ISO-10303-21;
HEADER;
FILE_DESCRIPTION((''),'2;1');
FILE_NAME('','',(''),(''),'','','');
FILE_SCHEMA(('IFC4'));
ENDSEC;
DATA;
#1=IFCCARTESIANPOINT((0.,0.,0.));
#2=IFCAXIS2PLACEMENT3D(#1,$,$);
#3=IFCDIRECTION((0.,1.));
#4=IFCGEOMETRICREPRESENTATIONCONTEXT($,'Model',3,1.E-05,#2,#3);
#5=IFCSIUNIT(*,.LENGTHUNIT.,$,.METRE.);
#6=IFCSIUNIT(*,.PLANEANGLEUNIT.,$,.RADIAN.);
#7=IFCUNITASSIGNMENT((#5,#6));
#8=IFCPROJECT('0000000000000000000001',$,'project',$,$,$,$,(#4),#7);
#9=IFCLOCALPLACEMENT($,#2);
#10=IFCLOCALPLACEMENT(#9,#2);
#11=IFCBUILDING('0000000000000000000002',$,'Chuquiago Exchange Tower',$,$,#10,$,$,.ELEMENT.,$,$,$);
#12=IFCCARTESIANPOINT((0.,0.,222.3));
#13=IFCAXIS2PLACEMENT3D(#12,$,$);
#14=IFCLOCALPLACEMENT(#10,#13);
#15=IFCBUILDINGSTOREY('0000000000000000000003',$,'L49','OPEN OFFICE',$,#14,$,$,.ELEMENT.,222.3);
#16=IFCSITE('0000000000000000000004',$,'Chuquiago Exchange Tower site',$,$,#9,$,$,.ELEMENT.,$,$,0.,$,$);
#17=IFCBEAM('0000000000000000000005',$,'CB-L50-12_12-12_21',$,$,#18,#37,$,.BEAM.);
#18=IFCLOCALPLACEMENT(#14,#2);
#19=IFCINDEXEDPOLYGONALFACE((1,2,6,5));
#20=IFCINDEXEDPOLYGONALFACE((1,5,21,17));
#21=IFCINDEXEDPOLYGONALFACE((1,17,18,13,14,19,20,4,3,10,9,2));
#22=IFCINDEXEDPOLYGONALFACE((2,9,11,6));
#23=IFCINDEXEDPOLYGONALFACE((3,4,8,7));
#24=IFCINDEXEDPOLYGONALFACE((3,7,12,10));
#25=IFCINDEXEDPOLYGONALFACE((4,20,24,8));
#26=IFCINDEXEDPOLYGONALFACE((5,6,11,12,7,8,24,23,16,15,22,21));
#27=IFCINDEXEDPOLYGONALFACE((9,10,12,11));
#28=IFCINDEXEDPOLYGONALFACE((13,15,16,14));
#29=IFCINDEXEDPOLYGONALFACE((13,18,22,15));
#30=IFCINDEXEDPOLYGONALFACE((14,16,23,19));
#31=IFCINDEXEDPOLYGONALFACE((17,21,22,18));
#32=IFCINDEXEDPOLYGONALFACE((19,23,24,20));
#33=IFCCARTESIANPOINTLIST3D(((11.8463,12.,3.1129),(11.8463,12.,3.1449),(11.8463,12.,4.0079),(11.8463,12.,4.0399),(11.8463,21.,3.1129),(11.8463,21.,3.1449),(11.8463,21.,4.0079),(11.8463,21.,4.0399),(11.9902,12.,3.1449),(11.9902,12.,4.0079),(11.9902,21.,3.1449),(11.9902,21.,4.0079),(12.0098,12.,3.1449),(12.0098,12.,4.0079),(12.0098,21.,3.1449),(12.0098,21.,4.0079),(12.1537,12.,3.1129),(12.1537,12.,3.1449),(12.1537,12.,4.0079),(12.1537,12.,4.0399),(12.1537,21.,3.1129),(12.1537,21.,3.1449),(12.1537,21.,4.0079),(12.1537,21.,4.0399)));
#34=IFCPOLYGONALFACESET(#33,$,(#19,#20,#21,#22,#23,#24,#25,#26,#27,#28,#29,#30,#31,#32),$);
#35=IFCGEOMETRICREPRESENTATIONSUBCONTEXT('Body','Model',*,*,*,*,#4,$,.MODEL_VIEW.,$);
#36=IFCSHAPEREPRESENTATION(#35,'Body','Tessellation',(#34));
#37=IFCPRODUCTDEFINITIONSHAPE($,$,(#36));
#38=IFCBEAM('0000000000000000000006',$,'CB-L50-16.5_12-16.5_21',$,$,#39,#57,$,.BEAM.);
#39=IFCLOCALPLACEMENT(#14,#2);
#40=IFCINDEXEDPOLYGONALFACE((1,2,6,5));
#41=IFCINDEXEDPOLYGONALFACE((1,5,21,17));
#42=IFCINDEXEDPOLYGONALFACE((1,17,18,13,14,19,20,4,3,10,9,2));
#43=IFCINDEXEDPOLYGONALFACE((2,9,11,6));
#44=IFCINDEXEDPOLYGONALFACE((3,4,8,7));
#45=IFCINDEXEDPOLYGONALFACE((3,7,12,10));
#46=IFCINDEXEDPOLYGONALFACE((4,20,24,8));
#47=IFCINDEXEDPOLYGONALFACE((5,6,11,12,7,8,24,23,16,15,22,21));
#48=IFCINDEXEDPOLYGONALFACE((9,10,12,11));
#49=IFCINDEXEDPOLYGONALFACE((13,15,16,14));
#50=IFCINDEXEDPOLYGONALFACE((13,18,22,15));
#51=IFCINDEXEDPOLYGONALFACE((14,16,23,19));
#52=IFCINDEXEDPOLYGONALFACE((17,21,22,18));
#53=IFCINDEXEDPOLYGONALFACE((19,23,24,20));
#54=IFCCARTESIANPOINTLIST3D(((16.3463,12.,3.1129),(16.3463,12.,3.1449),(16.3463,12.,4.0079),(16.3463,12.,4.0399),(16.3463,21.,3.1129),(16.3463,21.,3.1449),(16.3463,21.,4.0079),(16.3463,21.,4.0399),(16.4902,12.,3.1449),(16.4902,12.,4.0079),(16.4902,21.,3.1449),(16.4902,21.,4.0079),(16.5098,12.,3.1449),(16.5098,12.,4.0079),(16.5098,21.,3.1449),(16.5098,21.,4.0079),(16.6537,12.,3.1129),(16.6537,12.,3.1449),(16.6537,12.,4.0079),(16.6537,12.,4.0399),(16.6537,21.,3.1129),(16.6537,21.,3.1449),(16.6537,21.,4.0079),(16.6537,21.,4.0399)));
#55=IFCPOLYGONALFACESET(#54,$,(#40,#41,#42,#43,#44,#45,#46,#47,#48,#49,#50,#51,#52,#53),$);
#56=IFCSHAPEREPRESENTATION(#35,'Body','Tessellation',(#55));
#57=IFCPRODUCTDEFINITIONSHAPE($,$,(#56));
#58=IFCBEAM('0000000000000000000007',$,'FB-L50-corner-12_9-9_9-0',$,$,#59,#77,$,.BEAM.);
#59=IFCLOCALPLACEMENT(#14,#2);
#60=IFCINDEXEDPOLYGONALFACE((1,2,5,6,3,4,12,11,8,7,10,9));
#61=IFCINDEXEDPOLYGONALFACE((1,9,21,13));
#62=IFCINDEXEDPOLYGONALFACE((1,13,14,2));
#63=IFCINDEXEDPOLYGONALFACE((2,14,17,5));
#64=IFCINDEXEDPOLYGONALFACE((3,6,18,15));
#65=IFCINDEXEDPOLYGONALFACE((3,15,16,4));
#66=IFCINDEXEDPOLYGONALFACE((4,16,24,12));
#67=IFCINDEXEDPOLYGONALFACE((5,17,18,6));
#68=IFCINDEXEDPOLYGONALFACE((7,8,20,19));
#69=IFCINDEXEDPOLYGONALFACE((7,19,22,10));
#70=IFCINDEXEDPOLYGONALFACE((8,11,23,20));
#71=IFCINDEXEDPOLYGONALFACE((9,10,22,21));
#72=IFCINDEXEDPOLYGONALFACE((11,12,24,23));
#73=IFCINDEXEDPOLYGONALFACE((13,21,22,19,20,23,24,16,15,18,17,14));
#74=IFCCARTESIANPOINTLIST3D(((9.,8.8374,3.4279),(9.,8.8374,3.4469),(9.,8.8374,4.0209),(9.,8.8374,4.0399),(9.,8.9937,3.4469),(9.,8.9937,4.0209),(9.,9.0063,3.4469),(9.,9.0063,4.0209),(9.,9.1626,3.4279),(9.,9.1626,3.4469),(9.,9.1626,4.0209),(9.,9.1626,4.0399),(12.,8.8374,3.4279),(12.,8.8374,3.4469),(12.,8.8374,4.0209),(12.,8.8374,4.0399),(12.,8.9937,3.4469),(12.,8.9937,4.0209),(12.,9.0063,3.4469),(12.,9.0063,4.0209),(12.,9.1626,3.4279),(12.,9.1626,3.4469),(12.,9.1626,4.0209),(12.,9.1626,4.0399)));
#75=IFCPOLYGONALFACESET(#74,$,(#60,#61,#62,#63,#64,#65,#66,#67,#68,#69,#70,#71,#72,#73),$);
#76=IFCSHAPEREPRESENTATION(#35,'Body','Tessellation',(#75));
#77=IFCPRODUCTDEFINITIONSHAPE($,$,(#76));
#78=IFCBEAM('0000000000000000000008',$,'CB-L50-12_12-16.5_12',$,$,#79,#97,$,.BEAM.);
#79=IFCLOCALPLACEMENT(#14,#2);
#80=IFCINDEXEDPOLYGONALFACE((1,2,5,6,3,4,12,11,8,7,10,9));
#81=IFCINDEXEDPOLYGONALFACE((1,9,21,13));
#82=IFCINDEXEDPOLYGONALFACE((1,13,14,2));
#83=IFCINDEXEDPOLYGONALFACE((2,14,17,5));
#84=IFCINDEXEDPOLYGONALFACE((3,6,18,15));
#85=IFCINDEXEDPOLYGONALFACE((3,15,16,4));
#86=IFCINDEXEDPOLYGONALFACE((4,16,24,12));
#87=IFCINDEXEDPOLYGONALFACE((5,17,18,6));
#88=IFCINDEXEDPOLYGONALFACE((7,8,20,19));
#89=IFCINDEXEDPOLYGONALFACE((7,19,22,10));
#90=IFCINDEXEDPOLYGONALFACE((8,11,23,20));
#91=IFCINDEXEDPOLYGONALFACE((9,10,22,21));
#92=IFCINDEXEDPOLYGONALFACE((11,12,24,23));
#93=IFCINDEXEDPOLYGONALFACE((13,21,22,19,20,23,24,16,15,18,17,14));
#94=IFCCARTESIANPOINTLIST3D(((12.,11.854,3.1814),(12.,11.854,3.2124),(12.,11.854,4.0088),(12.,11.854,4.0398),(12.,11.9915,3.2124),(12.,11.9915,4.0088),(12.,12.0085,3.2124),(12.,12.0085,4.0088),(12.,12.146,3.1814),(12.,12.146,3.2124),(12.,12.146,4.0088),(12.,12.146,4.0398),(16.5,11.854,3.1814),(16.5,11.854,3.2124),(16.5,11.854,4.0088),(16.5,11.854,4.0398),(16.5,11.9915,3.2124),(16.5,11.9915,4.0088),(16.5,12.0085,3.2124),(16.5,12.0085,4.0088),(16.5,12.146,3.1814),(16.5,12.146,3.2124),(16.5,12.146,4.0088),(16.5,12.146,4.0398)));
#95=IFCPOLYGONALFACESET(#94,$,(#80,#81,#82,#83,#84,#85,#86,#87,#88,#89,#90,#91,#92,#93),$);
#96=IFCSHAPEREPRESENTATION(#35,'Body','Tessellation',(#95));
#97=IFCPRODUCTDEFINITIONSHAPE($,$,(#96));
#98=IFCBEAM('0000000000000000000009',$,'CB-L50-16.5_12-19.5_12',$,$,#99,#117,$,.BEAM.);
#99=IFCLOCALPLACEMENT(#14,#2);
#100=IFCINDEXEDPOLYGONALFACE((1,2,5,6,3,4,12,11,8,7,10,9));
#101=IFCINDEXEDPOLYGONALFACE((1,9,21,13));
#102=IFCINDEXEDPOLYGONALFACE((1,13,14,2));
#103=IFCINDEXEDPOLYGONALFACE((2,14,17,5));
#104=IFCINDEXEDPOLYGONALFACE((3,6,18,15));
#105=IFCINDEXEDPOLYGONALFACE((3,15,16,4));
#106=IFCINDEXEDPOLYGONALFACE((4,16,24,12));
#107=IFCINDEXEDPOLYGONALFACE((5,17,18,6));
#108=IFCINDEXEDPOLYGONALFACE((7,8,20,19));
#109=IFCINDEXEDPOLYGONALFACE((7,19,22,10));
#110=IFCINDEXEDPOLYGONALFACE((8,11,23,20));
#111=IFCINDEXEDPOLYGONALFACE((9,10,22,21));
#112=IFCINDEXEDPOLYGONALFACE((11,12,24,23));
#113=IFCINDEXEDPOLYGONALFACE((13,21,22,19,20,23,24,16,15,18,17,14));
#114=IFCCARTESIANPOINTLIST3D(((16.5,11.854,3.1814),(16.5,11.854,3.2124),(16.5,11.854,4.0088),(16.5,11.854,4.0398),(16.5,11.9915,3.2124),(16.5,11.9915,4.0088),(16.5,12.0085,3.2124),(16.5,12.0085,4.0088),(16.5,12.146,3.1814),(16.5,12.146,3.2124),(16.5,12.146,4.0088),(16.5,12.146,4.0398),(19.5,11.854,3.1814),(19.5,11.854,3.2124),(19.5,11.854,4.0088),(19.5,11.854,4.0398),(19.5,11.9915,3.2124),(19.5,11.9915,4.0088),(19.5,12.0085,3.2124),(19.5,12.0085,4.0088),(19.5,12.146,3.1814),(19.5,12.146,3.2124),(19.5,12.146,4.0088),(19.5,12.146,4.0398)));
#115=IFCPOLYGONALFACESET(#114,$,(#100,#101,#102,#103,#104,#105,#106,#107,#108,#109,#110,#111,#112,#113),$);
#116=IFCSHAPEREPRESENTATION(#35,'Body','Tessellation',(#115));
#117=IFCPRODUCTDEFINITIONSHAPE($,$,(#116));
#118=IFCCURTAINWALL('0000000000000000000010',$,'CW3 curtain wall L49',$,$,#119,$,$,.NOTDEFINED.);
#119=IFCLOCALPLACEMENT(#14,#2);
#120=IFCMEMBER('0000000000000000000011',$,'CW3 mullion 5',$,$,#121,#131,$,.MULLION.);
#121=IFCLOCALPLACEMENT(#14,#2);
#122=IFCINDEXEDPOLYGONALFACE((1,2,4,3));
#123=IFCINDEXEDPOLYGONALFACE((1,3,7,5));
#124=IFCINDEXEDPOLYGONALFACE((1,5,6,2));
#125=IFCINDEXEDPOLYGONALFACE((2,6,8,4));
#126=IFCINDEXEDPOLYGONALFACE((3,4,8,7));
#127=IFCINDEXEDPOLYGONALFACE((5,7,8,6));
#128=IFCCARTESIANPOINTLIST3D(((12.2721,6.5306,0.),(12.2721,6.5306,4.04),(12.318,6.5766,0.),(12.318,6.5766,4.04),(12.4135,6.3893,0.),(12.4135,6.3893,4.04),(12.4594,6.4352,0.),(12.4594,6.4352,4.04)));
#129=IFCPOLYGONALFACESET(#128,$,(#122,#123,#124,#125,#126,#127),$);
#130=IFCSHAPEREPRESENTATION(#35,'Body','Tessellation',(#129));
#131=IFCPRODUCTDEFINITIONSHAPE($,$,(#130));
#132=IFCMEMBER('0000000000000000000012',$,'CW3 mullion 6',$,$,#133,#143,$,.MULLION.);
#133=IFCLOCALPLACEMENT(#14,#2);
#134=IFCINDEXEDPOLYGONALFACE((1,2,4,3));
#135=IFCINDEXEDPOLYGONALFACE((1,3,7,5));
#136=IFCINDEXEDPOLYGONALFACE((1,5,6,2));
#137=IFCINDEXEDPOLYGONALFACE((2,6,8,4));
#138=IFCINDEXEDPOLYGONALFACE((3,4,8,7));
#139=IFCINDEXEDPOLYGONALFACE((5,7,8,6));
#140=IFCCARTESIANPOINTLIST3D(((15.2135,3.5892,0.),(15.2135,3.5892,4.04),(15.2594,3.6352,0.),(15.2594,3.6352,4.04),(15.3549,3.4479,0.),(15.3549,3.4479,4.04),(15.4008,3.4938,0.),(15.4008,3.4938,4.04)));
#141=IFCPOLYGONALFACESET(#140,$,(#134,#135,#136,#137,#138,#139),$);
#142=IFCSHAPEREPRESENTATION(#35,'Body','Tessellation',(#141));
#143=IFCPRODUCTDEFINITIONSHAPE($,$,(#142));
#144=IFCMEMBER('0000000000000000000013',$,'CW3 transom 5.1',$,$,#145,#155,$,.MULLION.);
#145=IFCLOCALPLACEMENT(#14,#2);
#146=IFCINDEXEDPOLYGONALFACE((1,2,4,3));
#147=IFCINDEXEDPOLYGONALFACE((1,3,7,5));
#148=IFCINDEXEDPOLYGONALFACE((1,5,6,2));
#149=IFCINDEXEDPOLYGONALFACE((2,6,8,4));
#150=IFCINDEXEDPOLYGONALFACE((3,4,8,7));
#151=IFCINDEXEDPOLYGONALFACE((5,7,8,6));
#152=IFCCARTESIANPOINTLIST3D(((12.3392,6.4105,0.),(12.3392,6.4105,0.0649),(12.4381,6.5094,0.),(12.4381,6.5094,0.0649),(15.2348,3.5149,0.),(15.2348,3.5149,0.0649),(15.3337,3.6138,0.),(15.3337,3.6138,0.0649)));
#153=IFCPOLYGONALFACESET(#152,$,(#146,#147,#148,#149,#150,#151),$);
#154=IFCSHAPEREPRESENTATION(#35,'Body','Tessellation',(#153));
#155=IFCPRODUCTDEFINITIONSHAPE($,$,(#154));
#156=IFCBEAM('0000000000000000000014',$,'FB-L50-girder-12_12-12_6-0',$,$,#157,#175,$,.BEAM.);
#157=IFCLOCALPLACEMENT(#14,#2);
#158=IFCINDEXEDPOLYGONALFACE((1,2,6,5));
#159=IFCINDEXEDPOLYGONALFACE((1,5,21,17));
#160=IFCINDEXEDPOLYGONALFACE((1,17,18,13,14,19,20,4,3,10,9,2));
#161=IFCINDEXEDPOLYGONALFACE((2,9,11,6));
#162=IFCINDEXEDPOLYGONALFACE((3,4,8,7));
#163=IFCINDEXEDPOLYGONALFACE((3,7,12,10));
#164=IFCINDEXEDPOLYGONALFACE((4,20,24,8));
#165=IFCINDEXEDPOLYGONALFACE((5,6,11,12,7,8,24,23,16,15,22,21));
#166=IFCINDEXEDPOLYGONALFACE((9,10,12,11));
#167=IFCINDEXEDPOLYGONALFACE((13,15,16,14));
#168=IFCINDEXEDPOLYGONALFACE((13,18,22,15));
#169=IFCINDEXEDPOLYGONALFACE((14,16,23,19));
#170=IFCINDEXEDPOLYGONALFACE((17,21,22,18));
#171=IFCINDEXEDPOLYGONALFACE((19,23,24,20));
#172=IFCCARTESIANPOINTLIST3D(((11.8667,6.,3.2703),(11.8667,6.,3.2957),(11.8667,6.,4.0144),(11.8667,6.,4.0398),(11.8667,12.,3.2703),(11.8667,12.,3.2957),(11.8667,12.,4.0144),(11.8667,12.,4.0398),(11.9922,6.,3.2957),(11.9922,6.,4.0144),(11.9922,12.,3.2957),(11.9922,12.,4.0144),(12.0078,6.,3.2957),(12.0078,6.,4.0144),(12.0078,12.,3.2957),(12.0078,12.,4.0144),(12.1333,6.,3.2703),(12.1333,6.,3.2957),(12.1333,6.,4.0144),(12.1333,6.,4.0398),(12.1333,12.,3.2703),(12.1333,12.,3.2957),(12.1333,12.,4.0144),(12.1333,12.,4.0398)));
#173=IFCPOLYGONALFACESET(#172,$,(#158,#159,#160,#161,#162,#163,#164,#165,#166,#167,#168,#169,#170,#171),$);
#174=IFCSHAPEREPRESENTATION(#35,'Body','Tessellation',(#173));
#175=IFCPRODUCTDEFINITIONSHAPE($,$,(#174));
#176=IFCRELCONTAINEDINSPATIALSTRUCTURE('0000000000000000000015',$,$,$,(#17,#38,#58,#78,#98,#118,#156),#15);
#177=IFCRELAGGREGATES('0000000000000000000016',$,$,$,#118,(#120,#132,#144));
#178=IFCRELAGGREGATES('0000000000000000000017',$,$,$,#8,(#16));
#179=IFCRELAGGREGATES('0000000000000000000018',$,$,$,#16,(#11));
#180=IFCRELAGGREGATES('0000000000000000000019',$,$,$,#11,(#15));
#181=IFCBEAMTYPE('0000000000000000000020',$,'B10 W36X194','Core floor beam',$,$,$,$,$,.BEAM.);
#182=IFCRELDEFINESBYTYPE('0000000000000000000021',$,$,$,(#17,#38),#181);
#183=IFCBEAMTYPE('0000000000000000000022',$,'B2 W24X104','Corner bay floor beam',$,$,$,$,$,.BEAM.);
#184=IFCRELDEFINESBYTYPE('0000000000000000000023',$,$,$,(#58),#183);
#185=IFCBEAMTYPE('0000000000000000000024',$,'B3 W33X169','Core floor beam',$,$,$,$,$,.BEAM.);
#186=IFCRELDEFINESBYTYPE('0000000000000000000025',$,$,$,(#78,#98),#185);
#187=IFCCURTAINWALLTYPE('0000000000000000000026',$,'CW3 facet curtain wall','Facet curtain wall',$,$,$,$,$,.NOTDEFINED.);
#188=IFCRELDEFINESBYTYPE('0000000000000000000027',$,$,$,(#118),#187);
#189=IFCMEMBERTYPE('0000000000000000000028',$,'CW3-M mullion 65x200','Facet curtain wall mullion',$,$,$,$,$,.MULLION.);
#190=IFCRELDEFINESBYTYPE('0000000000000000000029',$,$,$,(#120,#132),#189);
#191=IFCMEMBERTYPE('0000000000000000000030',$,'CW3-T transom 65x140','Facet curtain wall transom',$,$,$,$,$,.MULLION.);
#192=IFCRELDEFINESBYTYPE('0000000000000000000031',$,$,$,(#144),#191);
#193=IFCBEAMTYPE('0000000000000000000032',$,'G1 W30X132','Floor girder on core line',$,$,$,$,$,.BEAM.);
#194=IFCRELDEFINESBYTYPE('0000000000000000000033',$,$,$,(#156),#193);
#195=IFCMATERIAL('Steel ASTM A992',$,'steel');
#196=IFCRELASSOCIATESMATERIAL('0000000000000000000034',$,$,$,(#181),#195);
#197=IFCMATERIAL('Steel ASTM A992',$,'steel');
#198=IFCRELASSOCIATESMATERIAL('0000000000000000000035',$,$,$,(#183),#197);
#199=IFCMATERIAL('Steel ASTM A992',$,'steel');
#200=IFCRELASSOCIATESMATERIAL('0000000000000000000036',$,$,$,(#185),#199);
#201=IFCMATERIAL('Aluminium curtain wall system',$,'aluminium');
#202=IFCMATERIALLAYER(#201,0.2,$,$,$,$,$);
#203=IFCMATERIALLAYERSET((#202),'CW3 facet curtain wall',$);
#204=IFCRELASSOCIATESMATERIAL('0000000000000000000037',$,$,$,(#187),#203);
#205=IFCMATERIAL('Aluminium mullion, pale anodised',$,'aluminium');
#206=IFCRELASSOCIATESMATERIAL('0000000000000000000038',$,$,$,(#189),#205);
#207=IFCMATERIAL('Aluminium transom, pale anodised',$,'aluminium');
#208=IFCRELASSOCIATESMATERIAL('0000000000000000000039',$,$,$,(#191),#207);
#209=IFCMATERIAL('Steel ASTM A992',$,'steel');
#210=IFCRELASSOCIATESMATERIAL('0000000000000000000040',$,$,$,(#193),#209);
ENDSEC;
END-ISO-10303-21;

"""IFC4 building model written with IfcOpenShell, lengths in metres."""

from ifc_helpers import new_model, si_unit, direction, frame, origin, origin_2d, place, context, subcontext, project, spatial, rectangle, i_section, extrude, material, layer, layer_set, material_profile, profile_set, type_object, element, aggregate, save


model = new_model("IFC4")

# Units and contexts
model_context = context("Model", 3, precision=1e-05, world=origin(), true_north=direction((0.0, 1.0)))
body_context = subcontext(model_context, "Body", "Model", "MODEL_VIEW")
ifc_project = project(units=[si_unit("LENGTHUNIT", "METRE"), si_unit("PLANEANGLEUNIT", "RADIAN")], contexts=[model_context])

# Site, building, storey
site_placement = place(None, origin())
site = spatial("IfcSite", under=ifc_project, at=site_placement, Name="Chuquiago Exchange Tower site", CompositionType="ELEMENT", RefElevation=0.0)
building_placement = place(site_placement, origin())
building = spatial("IfcBuilding", under=site, at=building_placement, Name="Chuquiago Exchange Tower", CompositionType="ELEMENT")
storey_placement = place(building_placement, frame((0.0, 0.0, 222.3)))
storey = spatial("IfcBuildingStorey", under=building, at=storey_placement, Name="L49", Description="OPEN OFFICE", CompositionType="ELEMENT", Elevation=222.3)

# Beams
ifc_material_1 = material(Name="Steel ASTM A992", Category="steel")
ifc_material_profile_1 = material_profile(ifc_material_1, i_section(OverallWidth=0.3074, OverallDepth=0.927, WebThickness=0.0195, FlangeThickness=0.032, at=origin_2d()), Name="W36X194")
ifc_profile_set_1 = profile_set([ifc_material_profile_1], Name="Steel ASTM A992")
beam_type_1 = type_object("IfcBeamType", Name="B10 W36X194", Description="Core floor beam", PredefinedType="BEAM", material=ifc_profile_set_1)
for number, where, z_axis, x_axis, name in (
    (1, (12.0, 12.0, 3.5764), (0.0, 1.0, 0.0), (-1.0, 0.0, 0.0), "CB-L50-12_12-12_21"),
    (2, (16.5, 12.0, 3.5764), (0.0, 1.0, 0.0), (-1.0, 0.0, 0.0), "CB-L50-16.5_12-16.5_21"),
):
    element("IfcBeam", number, at=place(storey_placement, frame(where, z_axis=z_axis, x_axis=x_axis)), inside=storey, type_object=beam_type_1, Name=name, PredefinedType="BEAM", context=body_context, shape_type="SweptSolid", body=[
        extrude(i_section(OverallWidth=0.3074, OverallDepth=0.927, WebThickness=0.0195, FlangeThickness=0.032, at=origin_2d()), origin(), (0.0, 0.0, 1.0), 9.0),
    ])
ifc_material_2 = material(Name="Steel ASTM A992", Category="steel")
ifc_material_profile_2 = material_profile(ifc_material_2, i_section(OverallWidth=0.3252, OverallDepth=0.6121, WebThickness=0.0127, FlangeThickness=0.019, at=origin_2d()), Name="W24X104")
ifc_profile_set_2 = profile_set([ifc_material_profile_2], Name="Steel ASTM A992")
beam_type_2 = type_object("IfcBeamType", Name="B2 W24X104", Description="Corner bay floor beam", PredefinedType="BEAM", material=ifc_profile_set_2)
beam_1_placement = place(storey_placement, frame((12.0, 9.0, 3.7339), z_axis=(-1.0, 0.0, 0.0), x_axis=(0.0, -1.0, 0.0)))
element("IfcBeam", 3, at=beam_1_placement, inside=storey, type_object=beam_type_2, Name="FB-L50-corner-12_9-9_9-0", PredefinedType="BEAM", context=body_context, shape_type="SweptSolid", body=[
    extrude(i_section(OverallWidth=0.3252, OverallDepth=0.6121, WebThickness=0.0127, FlangeThickness=0.019, at=origin_2d()), origin(), (0.0, 0.0, 1.0), 3.0),
])
ifc_material_3 = material(Name="Steel ASTM A992", Category="steel")
ifc_material_profile_3 = material_profile(ifc_material_3, i_section(OverallWidth=0.292, OverallDepth=0.8584, WebThickness=0.0171, FlangeThickness=0.031, at=origin_2d()), Name="W33X169")
ifc_profile_set_3 = profile_set([ifc_material_profile_3], Name="Steel ASTM A992")
beam_type_3 = type_object("IfcBeamType", Name="B3 W33X169", Description="Core floor beam", PredefinedType="BEAM", material=ifc_profile_set_3)
beam_2_placement = place(storey_placement, frame((12.0, 12.0, 3.6106), z_axis=(1.0, 0.0, 0.0), x_axis=(0.0, 1.0, 0.0)))
element("IfcBeam", 4, at=beam_2_placement, inside=storey, type_object=beam_type_3, Name="CB-L50-12_12-16.5_12", PredefinedType="BEAM", context=body_context, shape_type="SweptSolid", body=[
    extrude(i_section(OverallWidth=0.292, OverallDepth=0.8584, WebThickness=0.0171, FlangeThickness=0.031, at=origin_2d()), origin(), (0.0, 0.0, 1.0), 4.5),
])
beam_3_placement = place(storey_placement, frame((16.5, 12.0, 3.6106), z_axis=(1.0, 0.0, 0.0), x_axis=(0.0, 1.0, 0.0)))
element("IfcBeam", 5, at=beam_3_placement, inside=storey, type_object=beam_type_3, Name="CB-L50-16.5_12-19.5_12", PredefinedType="BEAM", context=body_context, shape_type="SweptSolid", body=[
    extrude(i_section(OverallWidth=0.292, OverallDepth=0.8584, WebThickness=0.0171, FlangeThickness=0.031, at=origin_2d()), origin(), (0.0, 0.0, 1.0), 3.0),
])

# Curtain wall, members
ifc_material_4 = material(Name="Aluminium curtain wall system", Category="aluminium")
ifc_layer_1 = layer(ifc_material_4, 0.2)
ifc_layer_set_1 = layer_set([ifc_layer_1], Name="CW3 facet curtain wall")
curtain_wall_type = type_object("IfcCurtainWallType", Name="CW3 facet curtain wall", Description="Facet curtain wall", PredefinedType="NOTDEFINED", material=ifc_layer_set_1)
curtain_wall_placement = place(storey_placement, origin())
curtain_wall = element("IfcCurtainWall", 6, at=curtain_wall_placement, inside=storey, type_object=curtain_wall_type, Name="CW3 curtain wall L49", PredefinedType="NOTDEFINED")
ifc_material_5 = material(Name="Aluminium mullion, pale anodised", Category="aluminium")
ifc_material_profile_4 = material_profile(ifc_material_5, rectangle(XDim=0.0649, YDim=0.2, at=origin_2d()), Name="AL 65x200")
ifc_profile_set_4 = profile_set([ifc_material_profile_4], Name="Aluminium mullion, pale anodised")
member_type_1 = type_object("IfcMemberType", Name="CW3-M mullion 65x200", Description="Facet curtain wall mullion", PredefinedType="MULLION", material=ifc_profile_set_4)
member_1_placement = place(storey_placement, frame((12.3657, 6.4829, 0.0), z_axis=(0.0, 0.0, 1.0), x_axis=(0.707107, 0.707107, 0.0)))
member_1 = element("IfcMember", 7, at=member_1_placement, type_object=member_type_1, Name="CW3 mullion 5", PredefinedType="MULLION", context=body_context, shape_type="SweptSolid", body=[
    extrude(rectangle(XDim=0.0649, YDim=0.2, at=origin_2d()), origin(), (0.0, 0.0, 1.0), 4.04),
])
member_2_placement = place(storey_placement, frame((15.3071, 3.5415, 0.0), z_axis=(0.0, 0.0, 1.0), x_axis=(0.707107, 0.707107, 0.0)))
member_2 = element("IfcMember", 8, at=member_2_placement, type_object=member_type_1, Name="CW3 mullion 6", PredefinedType="MULLION", context=body_context, shape_type="SweptSolid", body=[
    extrude(rectangle(XDim=0.0649, YDim=0.2, at=origin_2d()), origin(), (0.0, 0.0, 1.0), 4.04),
])
ifc_material_6 = material(Name="Aluminium transom, pale anodised", Category="aluminium")
ifc_material_profile_5 = material_profile(ifc_material_6, rectangle(XDim=0.1399, YDim=0.0649, at=origin_2d()), Name="AL 140x65")
ifc_profile_set_5 = profile_set([ifc_material_profile_5], Name="Aluminium transom, pale anodised")
member_type_2 = type_object("IfcMemberType", Name="CW3-T transom 65x140", Description="Facet curtain wall transom", PredefinedType="MULLION", material=ifc_profile_set_5)
member_3_placement = place(storey_placement, frame((12.3887, 6.46, 0.0325), z_axis=(0.707107, -0.707107, 0.0), x_axis=(0.707107, 0.707107, 0.0)))
member_3 = element("IfcMember", 9, at=member_3_placement, type_object=member_type_2, Name="CW3 transom 5.1", PredefinedType="MULLION", context=body_context, shape_type="SweptSolid", body=[
    extrude(rectangle(XDim=0.1399, YDim=0.0649, at=origin_2d()), origin(), (0.0, 0.0, 1.0), 4.095),
])

# Beam
ifc_material_7 = material(Name="Steel ASTM A992", Category="steel")
ifc_material_profile_6 = material_profile(ifc_material_7, i_section(OverallWidth=0.2666, OverallDepth=0.7695, WebThickness=0.0156, FlangeThickness=0.0254, at=origin_2d()), Name="W30X132")
ifc_profile_set_6 = profile_set([ifc_material_profile_6], Name="Steel ASTM A992")
beam_type_4 = type_object("IfcBeamType", Name="G1 W30X132", Description="Floor girder on core line", PredefinedType="BEAM", material=ifc_profile_set_6)
for number, where, z_axis, x_axis, name in (
    (10, (12.0, 12.0, 3.655), (0.0, -1.0, 0.0), (1.0, 0.0, 0.0), "FB-L50-girder-12_12-12_6-0"),
):
    element("IfcBeam", number, at=place(storey_placement, frame(where, z_axis=z_axis, x_axis=x_axis)), inside=storey, type_object=beam_type_4, Name=name, PredefinedType="BEAM", context=body_context, shape_type="SweptSolid", body=[
        extrude(i_section(OverallWidth=0.2666, OverallDepth=0.7695, WebThickness=0.0156, FlangeThickness=0.0254, at=origin_2d()), origin(), (0.0, 0.0, 1.0), 6.0),
    ])

aggregate(curtain_wall, [member_1, member_2, member_3])

save(model, "model.ifc")
